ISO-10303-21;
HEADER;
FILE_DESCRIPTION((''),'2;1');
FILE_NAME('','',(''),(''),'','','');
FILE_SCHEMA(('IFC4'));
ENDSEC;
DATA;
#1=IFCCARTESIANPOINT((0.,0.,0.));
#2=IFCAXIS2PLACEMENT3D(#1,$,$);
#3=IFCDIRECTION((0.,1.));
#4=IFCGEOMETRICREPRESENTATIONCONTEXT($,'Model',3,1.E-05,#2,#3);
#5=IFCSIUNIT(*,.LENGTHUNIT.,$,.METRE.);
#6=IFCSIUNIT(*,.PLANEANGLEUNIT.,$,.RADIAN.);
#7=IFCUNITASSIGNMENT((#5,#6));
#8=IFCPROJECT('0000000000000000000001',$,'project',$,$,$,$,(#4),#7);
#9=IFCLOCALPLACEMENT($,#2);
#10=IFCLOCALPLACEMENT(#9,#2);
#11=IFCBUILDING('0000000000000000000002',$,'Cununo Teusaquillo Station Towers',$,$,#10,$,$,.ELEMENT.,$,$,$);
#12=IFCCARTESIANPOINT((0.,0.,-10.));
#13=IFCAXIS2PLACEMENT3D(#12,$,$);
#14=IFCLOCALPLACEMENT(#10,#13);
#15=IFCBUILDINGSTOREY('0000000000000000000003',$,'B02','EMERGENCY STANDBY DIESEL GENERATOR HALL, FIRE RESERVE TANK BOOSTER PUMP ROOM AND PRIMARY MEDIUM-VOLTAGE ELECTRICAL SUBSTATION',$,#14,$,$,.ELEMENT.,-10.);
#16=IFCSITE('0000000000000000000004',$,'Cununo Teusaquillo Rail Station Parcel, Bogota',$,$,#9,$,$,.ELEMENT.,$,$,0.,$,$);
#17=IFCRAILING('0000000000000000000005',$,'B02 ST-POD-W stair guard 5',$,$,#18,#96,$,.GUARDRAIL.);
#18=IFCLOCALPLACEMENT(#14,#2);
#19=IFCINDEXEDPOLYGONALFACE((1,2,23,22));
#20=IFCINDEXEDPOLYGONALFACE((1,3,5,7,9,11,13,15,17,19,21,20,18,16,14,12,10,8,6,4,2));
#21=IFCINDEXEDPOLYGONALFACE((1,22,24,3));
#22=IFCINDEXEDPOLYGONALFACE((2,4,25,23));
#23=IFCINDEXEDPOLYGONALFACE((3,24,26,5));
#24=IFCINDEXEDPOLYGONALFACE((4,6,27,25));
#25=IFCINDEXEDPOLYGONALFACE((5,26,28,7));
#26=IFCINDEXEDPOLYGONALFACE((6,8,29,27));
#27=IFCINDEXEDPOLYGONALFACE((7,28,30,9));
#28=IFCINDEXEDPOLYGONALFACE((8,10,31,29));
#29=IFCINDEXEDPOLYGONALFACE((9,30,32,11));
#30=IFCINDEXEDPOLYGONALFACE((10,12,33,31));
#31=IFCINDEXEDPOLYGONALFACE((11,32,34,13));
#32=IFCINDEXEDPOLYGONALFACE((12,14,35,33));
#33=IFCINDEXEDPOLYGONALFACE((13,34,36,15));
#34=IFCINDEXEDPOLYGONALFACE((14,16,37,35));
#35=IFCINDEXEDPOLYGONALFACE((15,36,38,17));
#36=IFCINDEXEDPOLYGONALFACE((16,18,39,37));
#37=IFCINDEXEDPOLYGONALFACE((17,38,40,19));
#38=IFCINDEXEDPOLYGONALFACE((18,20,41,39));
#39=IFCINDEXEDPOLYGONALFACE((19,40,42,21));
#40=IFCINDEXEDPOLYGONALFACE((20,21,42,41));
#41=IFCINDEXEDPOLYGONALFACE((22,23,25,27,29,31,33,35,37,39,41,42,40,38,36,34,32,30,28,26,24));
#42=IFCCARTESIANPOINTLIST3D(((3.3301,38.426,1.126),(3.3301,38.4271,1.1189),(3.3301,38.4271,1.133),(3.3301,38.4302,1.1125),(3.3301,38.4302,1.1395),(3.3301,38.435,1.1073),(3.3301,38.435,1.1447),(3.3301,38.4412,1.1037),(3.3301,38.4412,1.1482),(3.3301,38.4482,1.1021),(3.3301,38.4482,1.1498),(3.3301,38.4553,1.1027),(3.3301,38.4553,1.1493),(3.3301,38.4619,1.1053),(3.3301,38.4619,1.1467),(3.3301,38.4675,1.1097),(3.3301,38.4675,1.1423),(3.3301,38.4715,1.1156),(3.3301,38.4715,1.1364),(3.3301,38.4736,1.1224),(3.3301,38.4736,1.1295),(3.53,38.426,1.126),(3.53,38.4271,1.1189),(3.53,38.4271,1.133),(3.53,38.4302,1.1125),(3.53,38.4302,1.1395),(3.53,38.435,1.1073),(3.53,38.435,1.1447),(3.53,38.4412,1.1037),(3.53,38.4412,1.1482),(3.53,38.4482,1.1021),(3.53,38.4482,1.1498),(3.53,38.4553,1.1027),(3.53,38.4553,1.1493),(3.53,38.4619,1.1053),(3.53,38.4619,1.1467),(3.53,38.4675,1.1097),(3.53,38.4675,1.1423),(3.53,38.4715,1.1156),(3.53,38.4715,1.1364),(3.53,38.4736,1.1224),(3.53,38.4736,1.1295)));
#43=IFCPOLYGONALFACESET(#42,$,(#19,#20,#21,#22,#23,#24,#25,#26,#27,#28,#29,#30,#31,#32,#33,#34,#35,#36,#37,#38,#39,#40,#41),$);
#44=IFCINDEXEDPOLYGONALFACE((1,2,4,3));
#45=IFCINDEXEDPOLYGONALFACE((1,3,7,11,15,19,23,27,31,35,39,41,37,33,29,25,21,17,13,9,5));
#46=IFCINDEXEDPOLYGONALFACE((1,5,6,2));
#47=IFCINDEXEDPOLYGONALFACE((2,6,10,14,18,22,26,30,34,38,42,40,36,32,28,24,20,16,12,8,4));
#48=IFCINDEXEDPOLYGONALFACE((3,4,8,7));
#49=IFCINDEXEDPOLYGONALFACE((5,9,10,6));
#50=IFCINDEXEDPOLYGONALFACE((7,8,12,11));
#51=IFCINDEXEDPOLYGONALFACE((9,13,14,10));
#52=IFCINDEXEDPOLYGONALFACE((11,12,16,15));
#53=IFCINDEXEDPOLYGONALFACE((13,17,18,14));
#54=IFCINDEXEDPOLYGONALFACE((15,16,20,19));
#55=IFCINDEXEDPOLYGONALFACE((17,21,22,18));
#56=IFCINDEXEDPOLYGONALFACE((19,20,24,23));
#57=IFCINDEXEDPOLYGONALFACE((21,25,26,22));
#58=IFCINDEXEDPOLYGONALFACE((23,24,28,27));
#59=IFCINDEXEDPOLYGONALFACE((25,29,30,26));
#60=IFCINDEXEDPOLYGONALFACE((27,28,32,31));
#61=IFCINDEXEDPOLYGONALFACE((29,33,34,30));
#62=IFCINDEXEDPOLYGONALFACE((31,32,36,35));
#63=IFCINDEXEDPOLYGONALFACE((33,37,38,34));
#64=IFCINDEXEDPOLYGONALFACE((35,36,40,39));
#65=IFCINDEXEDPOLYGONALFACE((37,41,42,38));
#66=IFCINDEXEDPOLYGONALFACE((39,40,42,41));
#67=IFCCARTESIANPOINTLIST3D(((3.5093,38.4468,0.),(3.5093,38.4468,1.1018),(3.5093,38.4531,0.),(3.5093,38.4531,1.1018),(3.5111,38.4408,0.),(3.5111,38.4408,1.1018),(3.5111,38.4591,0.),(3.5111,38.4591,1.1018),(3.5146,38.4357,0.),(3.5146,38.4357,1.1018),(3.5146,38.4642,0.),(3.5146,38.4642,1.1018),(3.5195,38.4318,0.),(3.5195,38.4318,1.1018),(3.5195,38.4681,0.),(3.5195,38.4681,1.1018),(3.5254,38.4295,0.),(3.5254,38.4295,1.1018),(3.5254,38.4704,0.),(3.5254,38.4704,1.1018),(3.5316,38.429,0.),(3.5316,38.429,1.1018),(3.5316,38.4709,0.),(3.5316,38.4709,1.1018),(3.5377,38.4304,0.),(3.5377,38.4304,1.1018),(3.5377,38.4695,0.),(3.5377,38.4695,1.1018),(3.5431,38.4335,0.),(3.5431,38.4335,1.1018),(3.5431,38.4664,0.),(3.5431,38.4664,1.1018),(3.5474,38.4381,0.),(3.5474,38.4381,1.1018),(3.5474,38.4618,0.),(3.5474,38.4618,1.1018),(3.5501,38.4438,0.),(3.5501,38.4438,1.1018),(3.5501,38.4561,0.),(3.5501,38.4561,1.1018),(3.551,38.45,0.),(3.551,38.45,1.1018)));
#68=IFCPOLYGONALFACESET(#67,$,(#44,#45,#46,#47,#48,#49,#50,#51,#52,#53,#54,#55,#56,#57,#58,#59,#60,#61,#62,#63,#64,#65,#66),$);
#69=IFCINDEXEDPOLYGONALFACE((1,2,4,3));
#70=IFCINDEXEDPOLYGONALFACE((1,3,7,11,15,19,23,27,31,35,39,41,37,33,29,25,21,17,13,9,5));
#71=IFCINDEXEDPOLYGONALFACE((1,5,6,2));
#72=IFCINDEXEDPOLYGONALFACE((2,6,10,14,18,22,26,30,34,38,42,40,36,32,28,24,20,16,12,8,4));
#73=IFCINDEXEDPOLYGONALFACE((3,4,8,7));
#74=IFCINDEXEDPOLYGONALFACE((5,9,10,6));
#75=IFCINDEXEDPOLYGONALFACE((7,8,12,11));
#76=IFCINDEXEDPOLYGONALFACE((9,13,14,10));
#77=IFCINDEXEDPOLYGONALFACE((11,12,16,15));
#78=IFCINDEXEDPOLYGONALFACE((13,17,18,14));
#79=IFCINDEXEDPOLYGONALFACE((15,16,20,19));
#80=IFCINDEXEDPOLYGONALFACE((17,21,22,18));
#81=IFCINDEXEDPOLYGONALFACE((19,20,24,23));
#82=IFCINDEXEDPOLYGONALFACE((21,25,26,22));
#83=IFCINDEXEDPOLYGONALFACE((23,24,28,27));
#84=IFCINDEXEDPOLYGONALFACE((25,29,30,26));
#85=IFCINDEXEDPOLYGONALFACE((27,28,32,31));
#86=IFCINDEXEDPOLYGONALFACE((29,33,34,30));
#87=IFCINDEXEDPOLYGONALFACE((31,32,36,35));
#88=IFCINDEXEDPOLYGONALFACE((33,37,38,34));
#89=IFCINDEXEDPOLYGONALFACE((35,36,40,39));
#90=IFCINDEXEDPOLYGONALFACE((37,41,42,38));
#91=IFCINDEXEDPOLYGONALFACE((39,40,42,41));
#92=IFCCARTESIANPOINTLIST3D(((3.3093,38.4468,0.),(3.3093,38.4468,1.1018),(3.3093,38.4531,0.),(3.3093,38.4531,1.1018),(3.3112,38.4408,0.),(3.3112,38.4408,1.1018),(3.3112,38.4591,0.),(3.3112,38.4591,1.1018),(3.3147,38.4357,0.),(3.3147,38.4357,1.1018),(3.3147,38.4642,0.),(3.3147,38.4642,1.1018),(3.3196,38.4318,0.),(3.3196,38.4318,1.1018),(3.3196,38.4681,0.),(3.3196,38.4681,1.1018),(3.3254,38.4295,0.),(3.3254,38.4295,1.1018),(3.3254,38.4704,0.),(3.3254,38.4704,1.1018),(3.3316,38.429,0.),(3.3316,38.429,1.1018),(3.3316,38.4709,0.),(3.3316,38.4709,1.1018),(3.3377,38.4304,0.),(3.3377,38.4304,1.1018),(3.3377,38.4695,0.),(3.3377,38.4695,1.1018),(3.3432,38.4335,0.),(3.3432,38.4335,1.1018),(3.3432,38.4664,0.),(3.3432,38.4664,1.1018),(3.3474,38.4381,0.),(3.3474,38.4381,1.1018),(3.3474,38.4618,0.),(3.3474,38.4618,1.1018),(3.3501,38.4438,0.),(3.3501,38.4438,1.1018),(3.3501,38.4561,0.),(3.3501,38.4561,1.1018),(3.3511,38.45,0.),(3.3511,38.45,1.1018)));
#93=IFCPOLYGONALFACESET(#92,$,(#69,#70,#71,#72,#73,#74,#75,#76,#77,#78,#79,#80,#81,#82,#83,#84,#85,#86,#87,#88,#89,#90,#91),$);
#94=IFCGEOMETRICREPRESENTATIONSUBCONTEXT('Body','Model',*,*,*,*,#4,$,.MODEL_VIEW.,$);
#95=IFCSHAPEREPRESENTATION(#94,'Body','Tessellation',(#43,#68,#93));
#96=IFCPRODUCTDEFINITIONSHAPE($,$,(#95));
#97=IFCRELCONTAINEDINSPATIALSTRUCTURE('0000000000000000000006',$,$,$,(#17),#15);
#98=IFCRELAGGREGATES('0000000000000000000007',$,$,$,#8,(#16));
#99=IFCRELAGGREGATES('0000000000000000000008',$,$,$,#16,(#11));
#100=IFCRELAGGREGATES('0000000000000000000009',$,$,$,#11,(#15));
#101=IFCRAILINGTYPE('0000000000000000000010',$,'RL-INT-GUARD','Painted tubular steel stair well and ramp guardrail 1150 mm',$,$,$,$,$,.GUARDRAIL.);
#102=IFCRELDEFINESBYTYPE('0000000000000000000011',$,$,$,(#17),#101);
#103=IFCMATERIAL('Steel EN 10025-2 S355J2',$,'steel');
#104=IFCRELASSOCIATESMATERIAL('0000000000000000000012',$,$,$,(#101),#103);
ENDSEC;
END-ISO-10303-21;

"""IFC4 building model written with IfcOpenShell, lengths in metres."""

from ifc_helpers import new_model, si_unit, direction, frame, origin, origin_2d, place, context, subcontext, project, spatial, circle, extrude, material, type_object, element, save


model = new_model("IFC4")

# Units and contexts
model_context = context("Model", 3, precision=1e-05, world=origin(), true_north=direction((0.0, 1.0)))
body_context = subcontext(model_context, "Body", "Model", "MODEL_VIEW")
ifc_project = project(units=[si_unit("LENGTHUNIT", "METRE"), si_unit("PLANEANGLEUNIT", "RADIAN")], contexts=[model_context])

# Site, building, storey
site_placement = place(None, origin())
site = spatial("IfcSite", under=ifc_project, at=site_placement, Name="Cununo Teusaquillo Rail Station Parcel, Bogota", CompositionType="ELEMENT", RefElevation=0.0)
building_placement = place(site_placement, origin())
building = spatial("IfcBuilding", under=site, at=building_placement, Name="Cununo Teusaquillo Station Towers", CompositionType="ELEMENT")
storey_placement = place(building_placement, frame((0.0, 0.0, -10.0)))
storey = spatial("IfcBuildingStorey", under=building, at=storey_placement, Name="B02", Description="EMERGENCY STANDBY DIESEL GENERATOR HALL, FIRE RESERVE TANK BOOSTER PUMP ROOM AND PRIMARY MEDIUM-VOLTAGE ELECTRICAL SUBSTATION", CompositionType="ELEMENT", Elevation=-10.0)

# Railing
ifc_material_1 = material(Name="Steel EN 10025-2 S355J2", Category="steel")
railing_type_1 = type_object("IfcRailingType", Name="RL-INT-GUARD", Description="Painted tubular steel stair well and ramp guardrail 1150 mm", PredefinedType="GUARDRAIL", material=ifc_material_1)
railing_1_placement = place(storey_placement, frame((3.53, 38.45, 0.0)))
element("IfcRailing", 1, at=railing_1_placement, inside=storey, type_object=railing_type_1, Name="B02 ST-POD-W stair guard 5", PredefinedType="GUARDRAIL", context=body_context, shape_type="SweptSolid", body=[
    extrude(circle(Radius=0.0239, at=origin_2d()), frame((0.0, 0.0, 1.126), z_axis=(-1.0, 0.0, 0.0), x_axis=(0.0, -1.0, 0.0)), (0.0, 0.0, 1.0), 0.2),
    extrude(circle(Radius=0.021, at=origin_2d()), origin(), (0.0, 0.0, 1.0), 1.1018),
    extrude(circle(Radius=0.021, at=origin_2d()), frame((-0.2, 0.0, 0.0)), (0.0, 0.0, 1.0), 1.1018),
])

save(model, "model.ifc")
